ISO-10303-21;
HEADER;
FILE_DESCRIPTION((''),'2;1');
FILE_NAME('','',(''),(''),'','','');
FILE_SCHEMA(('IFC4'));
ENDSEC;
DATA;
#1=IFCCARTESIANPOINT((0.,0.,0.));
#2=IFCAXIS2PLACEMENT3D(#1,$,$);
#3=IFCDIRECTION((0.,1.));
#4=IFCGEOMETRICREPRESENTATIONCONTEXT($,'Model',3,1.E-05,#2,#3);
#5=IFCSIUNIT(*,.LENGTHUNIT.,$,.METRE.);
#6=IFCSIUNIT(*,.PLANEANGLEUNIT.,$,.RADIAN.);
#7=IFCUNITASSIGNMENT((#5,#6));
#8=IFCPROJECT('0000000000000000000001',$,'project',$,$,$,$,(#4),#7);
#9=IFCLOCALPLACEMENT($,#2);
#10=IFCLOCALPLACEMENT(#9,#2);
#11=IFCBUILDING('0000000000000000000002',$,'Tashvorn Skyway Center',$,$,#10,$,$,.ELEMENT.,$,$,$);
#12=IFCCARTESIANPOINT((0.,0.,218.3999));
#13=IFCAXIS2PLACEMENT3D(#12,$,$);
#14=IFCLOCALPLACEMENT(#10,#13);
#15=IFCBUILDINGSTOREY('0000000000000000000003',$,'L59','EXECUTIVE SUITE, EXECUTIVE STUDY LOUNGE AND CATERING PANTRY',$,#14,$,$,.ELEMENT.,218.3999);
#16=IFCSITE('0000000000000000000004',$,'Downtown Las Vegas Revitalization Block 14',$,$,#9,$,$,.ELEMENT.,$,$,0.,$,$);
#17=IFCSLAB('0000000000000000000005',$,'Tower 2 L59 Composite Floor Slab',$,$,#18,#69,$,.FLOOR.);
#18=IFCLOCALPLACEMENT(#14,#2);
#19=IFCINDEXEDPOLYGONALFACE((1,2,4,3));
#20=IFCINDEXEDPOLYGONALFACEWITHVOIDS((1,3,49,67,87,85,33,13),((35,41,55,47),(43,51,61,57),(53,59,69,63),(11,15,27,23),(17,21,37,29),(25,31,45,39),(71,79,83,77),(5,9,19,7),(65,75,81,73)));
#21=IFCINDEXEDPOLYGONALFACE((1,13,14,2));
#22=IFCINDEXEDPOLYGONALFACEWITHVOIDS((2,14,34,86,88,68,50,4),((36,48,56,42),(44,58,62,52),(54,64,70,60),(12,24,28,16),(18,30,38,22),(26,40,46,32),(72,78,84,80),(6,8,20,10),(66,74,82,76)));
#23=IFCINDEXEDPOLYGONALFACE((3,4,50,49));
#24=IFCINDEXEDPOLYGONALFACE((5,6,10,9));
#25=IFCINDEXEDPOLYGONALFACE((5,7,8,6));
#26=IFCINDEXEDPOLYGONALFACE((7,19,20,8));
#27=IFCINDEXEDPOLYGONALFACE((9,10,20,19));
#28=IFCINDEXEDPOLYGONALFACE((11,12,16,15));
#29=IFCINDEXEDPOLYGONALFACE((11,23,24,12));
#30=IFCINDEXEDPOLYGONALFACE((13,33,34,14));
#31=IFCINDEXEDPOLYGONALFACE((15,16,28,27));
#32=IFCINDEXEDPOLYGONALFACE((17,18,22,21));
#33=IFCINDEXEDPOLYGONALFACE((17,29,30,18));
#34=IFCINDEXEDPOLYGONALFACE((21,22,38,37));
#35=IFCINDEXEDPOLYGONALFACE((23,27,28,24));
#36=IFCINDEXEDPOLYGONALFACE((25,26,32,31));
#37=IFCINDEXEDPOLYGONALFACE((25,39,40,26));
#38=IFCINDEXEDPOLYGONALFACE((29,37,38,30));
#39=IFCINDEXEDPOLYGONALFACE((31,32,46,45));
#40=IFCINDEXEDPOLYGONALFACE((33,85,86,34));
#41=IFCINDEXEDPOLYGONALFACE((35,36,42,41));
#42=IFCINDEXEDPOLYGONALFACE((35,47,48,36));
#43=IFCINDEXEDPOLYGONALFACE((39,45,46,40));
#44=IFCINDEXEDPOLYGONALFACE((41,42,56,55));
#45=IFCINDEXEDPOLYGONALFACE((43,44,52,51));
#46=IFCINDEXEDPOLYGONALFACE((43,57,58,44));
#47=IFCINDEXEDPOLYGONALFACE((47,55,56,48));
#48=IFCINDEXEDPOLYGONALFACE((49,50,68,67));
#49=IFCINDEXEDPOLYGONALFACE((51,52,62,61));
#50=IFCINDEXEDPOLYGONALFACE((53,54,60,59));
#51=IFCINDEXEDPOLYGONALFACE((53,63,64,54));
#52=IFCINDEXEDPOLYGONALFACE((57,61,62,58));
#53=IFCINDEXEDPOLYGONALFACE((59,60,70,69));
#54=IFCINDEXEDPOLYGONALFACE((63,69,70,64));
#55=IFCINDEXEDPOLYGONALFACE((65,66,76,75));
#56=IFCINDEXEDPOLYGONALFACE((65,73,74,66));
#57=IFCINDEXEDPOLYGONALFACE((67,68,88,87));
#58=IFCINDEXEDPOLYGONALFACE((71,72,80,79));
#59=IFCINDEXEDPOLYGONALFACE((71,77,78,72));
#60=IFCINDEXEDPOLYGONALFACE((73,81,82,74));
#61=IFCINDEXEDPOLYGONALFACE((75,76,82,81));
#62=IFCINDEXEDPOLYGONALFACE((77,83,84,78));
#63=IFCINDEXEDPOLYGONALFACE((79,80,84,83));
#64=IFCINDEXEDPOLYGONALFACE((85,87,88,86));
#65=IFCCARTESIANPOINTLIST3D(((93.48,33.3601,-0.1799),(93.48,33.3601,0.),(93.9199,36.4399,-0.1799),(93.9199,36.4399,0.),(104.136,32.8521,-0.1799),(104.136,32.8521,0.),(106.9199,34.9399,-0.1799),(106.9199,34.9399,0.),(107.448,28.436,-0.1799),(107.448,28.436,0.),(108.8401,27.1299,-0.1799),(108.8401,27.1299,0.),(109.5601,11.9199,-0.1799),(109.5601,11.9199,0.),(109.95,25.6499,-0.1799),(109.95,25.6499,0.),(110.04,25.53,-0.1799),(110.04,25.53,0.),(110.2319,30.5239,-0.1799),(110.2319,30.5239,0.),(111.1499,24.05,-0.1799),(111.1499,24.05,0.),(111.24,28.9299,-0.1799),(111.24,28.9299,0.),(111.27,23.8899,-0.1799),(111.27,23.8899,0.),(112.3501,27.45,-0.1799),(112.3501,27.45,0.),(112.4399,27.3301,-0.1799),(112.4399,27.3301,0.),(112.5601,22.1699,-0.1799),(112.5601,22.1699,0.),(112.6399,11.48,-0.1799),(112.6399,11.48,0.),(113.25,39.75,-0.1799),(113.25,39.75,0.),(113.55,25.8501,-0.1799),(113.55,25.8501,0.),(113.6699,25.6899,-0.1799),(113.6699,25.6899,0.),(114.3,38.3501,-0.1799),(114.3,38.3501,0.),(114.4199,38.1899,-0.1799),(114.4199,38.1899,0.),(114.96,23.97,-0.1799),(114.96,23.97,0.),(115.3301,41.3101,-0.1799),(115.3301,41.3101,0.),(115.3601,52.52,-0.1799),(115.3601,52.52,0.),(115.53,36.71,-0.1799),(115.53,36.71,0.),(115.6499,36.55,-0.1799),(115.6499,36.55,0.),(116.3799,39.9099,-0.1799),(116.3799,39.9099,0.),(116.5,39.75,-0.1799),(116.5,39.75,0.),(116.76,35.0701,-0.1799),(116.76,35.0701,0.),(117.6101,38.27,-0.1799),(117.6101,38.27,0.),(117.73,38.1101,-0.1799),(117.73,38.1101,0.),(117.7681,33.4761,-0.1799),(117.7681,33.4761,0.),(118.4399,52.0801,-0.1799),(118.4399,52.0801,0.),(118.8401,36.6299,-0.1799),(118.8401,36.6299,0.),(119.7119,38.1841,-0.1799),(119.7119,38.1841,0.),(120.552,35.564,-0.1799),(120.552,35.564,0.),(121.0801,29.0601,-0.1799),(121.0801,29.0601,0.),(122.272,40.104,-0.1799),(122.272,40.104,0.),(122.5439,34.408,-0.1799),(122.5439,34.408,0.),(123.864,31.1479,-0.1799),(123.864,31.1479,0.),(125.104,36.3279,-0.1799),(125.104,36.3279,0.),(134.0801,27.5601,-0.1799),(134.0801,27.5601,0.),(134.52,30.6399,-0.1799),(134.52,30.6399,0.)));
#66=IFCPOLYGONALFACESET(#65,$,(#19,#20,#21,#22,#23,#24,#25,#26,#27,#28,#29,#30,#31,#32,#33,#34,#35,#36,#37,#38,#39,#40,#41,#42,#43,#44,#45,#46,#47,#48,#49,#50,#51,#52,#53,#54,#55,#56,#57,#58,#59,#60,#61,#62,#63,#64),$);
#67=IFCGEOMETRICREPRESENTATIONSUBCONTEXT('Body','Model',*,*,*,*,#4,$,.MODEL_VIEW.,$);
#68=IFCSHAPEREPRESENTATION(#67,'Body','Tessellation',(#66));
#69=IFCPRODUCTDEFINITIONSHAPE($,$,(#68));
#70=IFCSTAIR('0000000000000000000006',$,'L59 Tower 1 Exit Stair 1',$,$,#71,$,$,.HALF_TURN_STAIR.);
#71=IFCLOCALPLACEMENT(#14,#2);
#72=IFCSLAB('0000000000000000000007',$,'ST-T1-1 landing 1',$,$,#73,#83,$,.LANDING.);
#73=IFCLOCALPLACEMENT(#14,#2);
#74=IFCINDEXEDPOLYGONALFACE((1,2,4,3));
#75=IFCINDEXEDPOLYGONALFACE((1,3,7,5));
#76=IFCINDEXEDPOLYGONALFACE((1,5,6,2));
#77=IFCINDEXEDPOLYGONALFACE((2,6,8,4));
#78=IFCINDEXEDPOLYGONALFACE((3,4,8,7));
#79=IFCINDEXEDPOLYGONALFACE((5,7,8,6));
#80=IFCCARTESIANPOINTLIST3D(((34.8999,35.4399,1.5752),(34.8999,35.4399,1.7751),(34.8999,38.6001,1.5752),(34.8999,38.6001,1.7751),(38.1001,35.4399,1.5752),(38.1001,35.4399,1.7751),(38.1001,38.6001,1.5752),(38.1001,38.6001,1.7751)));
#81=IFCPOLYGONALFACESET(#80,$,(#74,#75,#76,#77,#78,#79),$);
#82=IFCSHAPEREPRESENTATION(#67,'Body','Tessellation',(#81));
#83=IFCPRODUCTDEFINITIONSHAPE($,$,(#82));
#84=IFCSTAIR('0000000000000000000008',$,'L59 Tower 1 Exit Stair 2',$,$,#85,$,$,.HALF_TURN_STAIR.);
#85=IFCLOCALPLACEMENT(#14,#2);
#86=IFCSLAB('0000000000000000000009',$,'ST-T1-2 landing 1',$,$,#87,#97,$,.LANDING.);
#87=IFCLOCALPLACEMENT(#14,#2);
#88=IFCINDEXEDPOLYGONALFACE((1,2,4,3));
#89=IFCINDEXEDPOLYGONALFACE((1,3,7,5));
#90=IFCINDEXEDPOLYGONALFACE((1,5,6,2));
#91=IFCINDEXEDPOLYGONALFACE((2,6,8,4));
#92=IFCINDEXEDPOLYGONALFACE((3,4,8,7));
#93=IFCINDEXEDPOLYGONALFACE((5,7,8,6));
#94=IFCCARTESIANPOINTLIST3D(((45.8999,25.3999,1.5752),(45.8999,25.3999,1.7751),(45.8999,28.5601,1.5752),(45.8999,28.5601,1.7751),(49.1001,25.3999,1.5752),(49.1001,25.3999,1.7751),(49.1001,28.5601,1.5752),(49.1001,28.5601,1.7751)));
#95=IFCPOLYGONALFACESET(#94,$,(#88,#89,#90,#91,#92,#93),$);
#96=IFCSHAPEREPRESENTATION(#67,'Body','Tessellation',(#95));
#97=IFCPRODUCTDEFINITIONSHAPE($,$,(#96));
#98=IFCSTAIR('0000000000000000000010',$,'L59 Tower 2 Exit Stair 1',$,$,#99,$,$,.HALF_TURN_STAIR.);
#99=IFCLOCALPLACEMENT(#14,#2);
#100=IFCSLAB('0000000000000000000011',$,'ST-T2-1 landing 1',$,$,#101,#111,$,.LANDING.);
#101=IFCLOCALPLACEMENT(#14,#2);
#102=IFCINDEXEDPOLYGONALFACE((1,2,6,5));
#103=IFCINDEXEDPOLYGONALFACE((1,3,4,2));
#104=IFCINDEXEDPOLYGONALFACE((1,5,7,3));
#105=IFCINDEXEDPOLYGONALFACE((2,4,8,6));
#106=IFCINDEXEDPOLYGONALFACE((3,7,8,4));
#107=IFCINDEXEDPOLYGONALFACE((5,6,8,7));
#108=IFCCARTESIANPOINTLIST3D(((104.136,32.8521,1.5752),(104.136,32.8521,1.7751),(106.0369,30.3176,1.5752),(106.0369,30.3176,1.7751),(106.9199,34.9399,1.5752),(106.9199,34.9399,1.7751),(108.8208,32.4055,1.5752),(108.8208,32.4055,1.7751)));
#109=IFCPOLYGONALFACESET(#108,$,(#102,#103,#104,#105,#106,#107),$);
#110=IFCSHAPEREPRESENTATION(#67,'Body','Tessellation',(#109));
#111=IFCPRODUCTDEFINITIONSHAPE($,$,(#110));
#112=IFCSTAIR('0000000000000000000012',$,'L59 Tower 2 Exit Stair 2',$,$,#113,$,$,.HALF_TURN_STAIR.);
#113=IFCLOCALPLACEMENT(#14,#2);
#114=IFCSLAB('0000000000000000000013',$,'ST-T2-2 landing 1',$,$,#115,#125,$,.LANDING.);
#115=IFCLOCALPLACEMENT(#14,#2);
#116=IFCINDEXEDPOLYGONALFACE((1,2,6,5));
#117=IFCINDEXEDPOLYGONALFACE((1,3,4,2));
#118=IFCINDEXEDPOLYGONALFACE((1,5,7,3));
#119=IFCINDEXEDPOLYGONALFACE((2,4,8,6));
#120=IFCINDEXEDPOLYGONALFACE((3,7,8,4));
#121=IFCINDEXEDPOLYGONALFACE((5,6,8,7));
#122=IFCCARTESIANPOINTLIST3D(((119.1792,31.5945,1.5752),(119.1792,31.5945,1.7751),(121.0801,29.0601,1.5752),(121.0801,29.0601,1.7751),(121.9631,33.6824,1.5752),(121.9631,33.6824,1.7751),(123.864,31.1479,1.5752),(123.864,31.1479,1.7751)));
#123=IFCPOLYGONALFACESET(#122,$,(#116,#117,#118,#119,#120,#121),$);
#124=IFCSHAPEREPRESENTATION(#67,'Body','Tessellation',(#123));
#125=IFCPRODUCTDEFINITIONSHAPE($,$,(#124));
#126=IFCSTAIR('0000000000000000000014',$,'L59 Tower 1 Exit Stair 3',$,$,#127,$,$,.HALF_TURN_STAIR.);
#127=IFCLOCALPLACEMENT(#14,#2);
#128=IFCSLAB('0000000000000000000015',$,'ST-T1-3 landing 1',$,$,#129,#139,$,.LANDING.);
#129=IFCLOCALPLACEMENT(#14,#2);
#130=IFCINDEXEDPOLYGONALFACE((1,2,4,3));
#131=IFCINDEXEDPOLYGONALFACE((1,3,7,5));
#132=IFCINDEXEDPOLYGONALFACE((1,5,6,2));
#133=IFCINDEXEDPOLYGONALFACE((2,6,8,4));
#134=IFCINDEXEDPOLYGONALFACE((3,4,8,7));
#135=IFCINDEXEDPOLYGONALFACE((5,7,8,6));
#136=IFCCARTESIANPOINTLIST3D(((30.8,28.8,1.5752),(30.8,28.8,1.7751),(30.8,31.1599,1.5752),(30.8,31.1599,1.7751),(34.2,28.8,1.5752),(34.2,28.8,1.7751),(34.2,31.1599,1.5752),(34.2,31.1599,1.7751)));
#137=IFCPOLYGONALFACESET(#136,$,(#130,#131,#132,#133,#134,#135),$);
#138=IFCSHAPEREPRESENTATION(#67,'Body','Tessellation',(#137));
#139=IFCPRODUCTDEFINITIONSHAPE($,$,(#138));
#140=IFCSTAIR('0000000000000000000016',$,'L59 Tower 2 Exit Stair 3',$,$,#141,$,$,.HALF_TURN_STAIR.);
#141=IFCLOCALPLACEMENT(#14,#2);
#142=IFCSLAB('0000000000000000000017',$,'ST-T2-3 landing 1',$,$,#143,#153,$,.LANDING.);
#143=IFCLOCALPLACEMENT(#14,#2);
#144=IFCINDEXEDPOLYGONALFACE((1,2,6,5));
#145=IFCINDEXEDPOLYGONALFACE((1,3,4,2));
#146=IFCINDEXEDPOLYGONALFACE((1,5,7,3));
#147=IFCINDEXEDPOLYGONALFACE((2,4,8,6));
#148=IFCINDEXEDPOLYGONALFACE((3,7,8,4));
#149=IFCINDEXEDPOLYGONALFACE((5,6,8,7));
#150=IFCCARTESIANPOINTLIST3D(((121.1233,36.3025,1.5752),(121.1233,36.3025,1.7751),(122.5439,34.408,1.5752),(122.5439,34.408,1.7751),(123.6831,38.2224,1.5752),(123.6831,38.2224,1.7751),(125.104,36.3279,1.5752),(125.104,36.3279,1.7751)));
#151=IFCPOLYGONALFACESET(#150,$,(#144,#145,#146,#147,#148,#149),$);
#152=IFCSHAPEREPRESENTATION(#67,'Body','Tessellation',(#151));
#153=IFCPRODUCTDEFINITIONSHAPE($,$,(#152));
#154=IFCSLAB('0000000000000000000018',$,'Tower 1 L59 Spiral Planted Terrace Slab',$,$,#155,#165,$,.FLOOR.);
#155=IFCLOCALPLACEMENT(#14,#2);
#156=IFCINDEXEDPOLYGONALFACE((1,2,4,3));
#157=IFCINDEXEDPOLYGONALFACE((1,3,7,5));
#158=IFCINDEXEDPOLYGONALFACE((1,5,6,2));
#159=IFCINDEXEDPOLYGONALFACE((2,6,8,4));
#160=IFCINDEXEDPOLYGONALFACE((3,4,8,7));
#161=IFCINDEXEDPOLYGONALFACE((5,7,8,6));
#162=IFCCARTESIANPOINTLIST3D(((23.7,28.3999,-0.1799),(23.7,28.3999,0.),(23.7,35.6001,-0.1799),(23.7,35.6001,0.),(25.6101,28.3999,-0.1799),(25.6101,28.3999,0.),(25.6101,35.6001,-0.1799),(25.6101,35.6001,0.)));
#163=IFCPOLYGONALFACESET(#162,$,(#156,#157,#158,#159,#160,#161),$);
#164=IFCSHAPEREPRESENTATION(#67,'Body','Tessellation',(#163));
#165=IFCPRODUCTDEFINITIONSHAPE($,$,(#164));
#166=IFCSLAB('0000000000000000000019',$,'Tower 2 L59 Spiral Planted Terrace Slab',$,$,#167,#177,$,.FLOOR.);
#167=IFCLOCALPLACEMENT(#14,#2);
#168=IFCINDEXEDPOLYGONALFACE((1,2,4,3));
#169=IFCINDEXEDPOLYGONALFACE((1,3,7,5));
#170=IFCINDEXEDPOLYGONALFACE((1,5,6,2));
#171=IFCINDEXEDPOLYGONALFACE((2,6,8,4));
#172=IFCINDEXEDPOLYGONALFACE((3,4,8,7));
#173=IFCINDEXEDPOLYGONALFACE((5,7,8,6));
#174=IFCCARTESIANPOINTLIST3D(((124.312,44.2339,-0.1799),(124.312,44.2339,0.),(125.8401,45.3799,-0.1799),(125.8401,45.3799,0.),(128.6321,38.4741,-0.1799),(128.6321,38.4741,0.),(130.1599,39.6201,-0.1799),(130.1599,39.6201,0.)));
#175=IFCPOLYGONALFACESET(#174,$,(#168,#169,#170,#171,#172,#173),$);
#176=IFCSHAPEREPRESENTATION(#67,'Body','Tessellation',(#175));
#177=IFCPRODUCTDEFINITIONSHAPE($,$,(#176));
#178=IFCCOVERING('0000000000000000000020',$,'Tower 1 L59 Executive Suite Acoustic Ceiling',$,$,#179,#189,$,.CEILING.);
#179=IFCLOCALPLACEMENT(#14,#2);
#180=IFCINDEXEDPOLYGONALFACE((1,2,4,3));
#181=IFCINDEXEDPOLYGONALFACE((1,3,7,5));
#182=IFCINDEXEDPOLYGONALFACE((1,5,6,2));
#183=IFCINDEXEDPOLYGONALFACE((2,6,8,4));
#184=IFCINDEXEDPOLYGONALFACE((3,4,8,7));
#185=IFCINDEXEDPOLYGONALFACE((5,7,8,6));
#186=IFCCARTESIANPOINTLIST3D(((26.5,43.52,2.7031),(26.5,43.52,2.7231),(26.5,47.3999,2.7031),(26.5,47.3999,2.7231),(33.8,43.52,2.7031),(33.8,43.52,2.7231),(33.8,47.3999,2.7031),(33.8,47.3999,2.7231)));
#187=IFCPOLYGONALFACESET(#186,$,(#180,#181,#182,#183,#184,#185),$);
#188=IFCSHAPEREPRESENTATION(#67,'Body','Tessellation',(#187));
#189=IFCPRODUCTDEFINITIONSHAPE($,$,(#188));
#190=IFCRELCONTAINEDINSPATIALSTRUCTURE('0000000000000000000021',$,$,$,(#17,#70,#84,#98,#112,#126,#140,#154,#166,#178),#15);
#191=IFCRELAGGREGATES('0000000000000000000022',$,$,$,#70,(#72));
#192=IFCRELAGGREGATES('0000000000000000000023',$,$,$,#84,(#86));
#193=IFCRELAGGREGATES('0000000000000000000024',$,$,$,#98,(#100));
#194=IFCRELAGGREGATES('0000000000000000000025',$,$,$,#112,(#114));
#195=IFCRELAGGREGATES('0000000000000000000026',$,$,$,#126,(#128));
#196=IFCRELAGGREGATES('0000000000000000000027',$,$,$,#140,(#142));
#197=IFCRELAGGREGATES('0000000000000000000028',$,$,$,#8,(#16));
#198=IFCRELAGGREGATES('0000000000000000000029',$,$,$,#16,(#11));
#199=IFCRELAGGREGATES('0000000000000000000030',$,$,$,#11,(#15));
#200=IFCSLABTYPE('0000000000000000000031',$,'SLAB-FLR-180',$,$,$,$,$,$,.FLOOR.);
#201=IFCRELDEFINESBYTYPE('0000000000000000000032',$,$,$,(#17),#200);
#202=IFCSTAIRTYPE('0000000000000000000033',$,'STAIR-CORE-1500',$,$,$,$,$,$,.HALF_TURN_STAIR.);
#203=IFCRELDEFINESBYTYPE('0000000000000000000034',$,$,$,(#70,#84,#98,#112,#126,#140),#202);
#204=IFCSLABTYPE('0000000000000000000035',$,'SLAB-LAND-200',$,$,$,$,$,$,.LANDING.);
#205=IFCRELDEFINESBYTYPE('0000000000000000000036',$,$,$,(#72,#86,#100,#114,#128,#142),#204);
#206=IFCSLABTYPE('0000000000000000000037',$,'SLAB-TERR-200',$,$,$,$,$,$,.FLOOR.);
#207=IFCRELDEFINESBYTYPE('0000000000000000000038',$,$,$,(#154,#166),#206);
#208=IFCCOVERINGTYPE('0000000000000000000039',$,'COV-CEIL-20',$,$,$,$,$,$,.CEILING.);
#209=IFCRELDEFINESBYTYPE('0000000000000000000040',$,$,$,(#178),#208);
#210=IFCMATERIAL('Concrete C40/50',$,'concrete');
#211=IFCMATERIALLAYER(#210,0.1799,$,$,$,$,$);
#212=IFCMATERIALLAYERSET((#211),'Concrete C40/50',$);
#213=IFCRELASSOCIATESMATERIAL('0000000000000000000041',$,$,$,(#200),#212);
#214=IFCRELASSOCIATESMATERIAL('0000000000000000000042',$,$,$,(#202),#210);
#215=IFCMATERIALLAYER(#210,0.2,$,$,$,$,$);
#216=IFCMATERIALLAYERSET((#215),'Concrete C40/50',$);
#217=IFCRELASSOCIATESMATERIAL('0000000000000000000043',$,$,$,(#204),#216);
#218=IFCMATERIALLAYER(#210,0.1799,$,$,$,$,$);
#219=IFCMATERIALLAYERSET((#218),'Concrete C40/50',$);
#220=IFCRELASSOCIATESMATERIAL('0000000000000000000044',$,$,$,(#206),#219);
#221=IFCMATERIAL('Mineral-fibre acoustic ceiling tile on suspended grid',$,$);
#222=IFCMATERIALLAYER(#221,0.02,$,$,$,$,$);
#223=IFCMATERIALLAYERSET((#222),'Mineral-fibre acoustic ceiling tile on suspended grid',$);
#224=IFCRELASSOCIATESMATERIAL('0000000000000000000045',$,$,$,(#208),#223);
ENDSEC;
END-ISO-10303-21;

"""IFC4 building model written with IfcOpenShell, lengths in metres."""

from ifc_helpers import new_model, si_unit, direction, frame, origin, place, context, subcontext, project, spatial, polyline, outline, extrude, material, layer, layer_set, type_object, element, aggregate, save


model = new_model("IFC4")

# Units and contexts
model_context = context("Model", 3, precision=1e-05, world=origin(), true_north=direction((0.0, 1.0)))
body_context = subcontext(model_context, "Body", "Model", "MODEL_VIEW")
ifc_project = project(units=[si_unit("LENGTHUNIT", "METRE"), si_unit("PLANEANGLEUNIT", "RADIAN")], contexts=[model_context])

# Site, building, storey
site_placement = place(None, origin())
site = spatial("IfcSite", under=ifc_project, at=site_placement, Name="Downtown Las Vegas Revitalization Block 14", CompositionType="ELEMENT", RefElevation=0.0)
building_placement = place(site_placement, origin())
building = spatial("IfcBuilding", under=site, at=building_placement, Name="Tashvorn Skyway Center", CompositionType="ELEMENT")
storey_placement = place(building_placement, frame((0.0, 0.0, 218.3999)))
storey = spatial("IfcBuildingStorey", under=building, at=storey_placement, Name="L59", Description="EXECUTIVE SUITE, EXECUTIVE STUDY LOUNGE AND CATERING PANTRY", CompositionType="ELEMENT", Elevation=218.3999)

# Slab
ifc_material_1 = material(Name="Concrete C40/50", Category="concrete")
ifc_layer_1 = layer(ifc_material_1, 0.1799)
ifc_layer_set_1 = layer_set([ifc_layer_1], Name="Concrete C40/50")
slab_type_1 = type_object("IfcSlabType", Name="SLAB-FLR-180", PredefinedType="FLOOR", material=ifc_layer_set_1)
slab_1_placement = place(storey_placement, frame((0.0, 0.0, -0.1799)))
element("IfcSlab", 1, at=slab_1_placement, inside=storey, type_object=slab_type_1, Name="Tower 2 L59 Composite Floor Slab", PredefinedType="FLOOR", context=body_context, shape_type="SweptSolid", body=[
    extrude(outline(polyline([(112.6399, 11.48), (134.0801, 27.5601), (134.52, 30.6399), (118.4399, 52.0801), (115.3601, 52.52), (93.9199, 36.4399), (93.48, 33.3601), (109.5601, 11.9199), (112.6399, 11.48)]), holes=[polyline([(110.2319, 30.5239), (106.9199, 34.9399), (104.136, 32.8521), (107.448, 28.436), (110.2319, 30.5239)]), polyline([(117.7681, 33.4761), (121.0801, 29.0601), (123.864, 31.1479), (120.552, 35.564), (117.7681, 33.4761)]), polyline([(119.7119, 38.1841), (122.5439, 34.408), (125.104, 36.3279), (122.272, 40.104), (119.7119, 38.1841)]), polyline([(109.95, 25.6499), (112.3501, 27.45), (111.24, 28.9299), (108.8401, 27.1299), (109.95, 25.6499)]), polyline([(111.1499, 24.05), (113.55, 25.8501), (112.4399, 27.3301), (110.04, 25.53), (111.1499, 24.05)]), polyline([(112.5601, 22.1699), (114.96, 23.97), (113.6699, 25.6899), (111.27, 23.8899), (112.5601, 22.1699)]), polyline([(116.76, 35.0701), (118.8401, 36.6299), (117.73, 38.1101), (115.6499, 36.55), (116.76, 35.0701)]), polyline([(115.53, 36.71), (117.6101, 38.27), (116.5, 39.75), (114.4199, 38.1899), (115.53, 36.71)]), polyline([(114.3, 38.3501), (116.3799, 39.9099), (115.3301, 41.3101), (113.25, 39.75), (114.3, 38.3501)])]), origin(), (0.0, 0.0, 1.0), 0.1799),
])

# Stairs, slabs
stair_type = type_object("IfcStairType", Name="STAIR-CORE-1500", PredefinedType="HALF_TURN_STAIR", material=ifc_material_1)
stair_1_placement = place(storey_placement, origin())
stair_1 = element("IfcStair", 2, at=stair_1_placement, inside=storey, type_object=stair_type, Name="L59 Tower 1 Exit Stair 1", PredefinedType="HALF_TURN_STAIR")
ifc_layer_2 = layer(ifc_material_1, 0.2)
ifc_layer_set_2 = layer_set([ifc_layer_2], Name="Concrete C40/50")
slab_type_2 = type_object("IfcSlabType", Name="SLAB-LAND-200", PredefinedType="LANDING", material=ifc_layer_set_2)
slab_2_placement = place(storey_placement, frame((0.0, 0.0, 1.5752)))
slab_2 = element("IfcSlab", 3, at=slab_2_placement, type_object=slab_type_2, Name="ST-T1-1 landing 1", PredefinedType="LANDING", context=body_context, shape_type="SweptSolid", body=[
    extrude(outline(polyline([(38.1001, 35.4399), (38.1001, 38.6001), (34.8999, 38.6001), (34.8999, 35.4399), (38.1001, 35.4399)])), origin(), (0.0, 0.0, 1.0), 0.2),
])
aggregate(stair_1, [slab_2])
stair_2_placement = place(storey_placement, origin())
stair_2 = element("IfcStair", 4, at=stair_2_placement, inside=storey, type_object=stair_type, Name="L59 Tower 1 Exit Stair 2", PredefinedType="HALF_TURN_STAIR")
slab_3_placement = place(storey_placement, frame((0.0, 0.0, 1.5752)))
slab_3 = element("IfcSlab", 5, at=slab_3_placement, type_object=slab_type_2, Name="ST-T1-2 landing 1", PredefinedType="LANDING", context=body_context, shape_type="SweptSolid", body=[
    extrude(outline(polyline([(45.8999, 28.5601), (45.8999, 25.3999), (49.1001, 25.3999), (49.1001, 28.5601), (45.8999, 28.5601)])), origin(), (0.0, 0.0, 1.0), 0.2),
])
aggregate(stair_2, [slab_3])
stair_3_placement = place(storey_placement, origin())
stair_3 = element("IfcStair", 6, at=stair_3_placement, inside=storey, type_object=stair_type, Name="L59 Tower 2 Exit Stair 1", PredefinedType="HALF_TURN_STAIR")
slab_4_placement = place(storey_placement, frame((0.0, 0.0, 1.5752)))
slab_4 = element("IfcSlab", 7, at=slab_4_placement, type_object=slab_type_2, Name="ST-T2-1 landing 1", PredefinedType="LANDING", context=body_context, shape_type="SweptSolid", body=[
    extrude(outline(polyline([(108.8208, 32.4055), (106.9199, 34.9399), (104.136, 32.8521), (106.0369, 30.3176), (108.8208, 32.4055)])), origin(), (0.0, 0.0, 1.0), 0.2),
])
aggregate(stair_3, [slab_4])
stair_4_placement = place(storey_placement, origin())
stair_4 = element("IfcStair", 8, at=stair_4_placement, inside=storey, type_object=stair_type, Name="L59 Tower 2 Exit Stair 2", PredefinedType="HALF_TURN_STAIR")
slab_5_placement = place(storey_placement, frame((0.0, 0.0, 1.5752)))
slab_5 = element("IfcSlab", 9, at=slab_5_placement, type_object=slab_type_2, Name="ST-T2-2 landing 1", PredefinedType="LANDING", context=body_context, shape_type="SweptSolid", body=[
    extrude(outline(polyline([(119.1792, 31.5945), (121.0801, 29.0601), (123.864, 31.1479), (121.9631, 33.6824), (119.1792, 31.5945)])), origin(), (0.0, 0.0, 1.0), 0.2),
])
aggregate(stair_4, [slab_5])
stair_5_placement = place(storey_placement, origin())
stair_5 = element("IfcStair", 10, at=stair_5_placement, inside=storey, type_object=stair_type, Name="L59 Tower 1 Exit Stair 3", PredefinedType="HALF_TURN_STAIR")
slab_6_placement = place(storey_placement, frame((0.0, 0.0, 1.5752)))
slab_6 = element("IfcSlab", 11, at=slab_6_placement, type_object=slab_type_2, Name="ST-T1-3 landing 1", PredefinedType="LANDING", context=body_context, shape_type="SweptSolid", body=[
    extrude(outline(polyline([(30.8, 31.1599), (30.8, 28.8), (34.2, 28.8), (34.2, 31.1599), (30.8, 31.1599)])), origin(), (0.0, 0.0, 1.0), 0.2),
])
aggregate(stair_5, [slab_6])
stair_6_placement = place(storey_placement, origin())
stair_6 = element("IfcStair", 12, at=stair_6_placement, inside=storey, type_object=stair_type, Name="L59 Tower 2 Exit Stair 3", PredefinedType="HALF_TURN_STAIR")
slab_7_placement = place(storey_placement, frame((0.0, 0.0, 1.5752)))
slab_7 = element("IfcSlab", 13, at=slab_7_placement, type_object=slab_type_2, Name="ST-T2-3 landing 1", PredefinedType="LANDING", context=body_context, shape_type="SweptSolid", body=[
    extrude(outline(polyline([(121.1233, 36.3025), (122.5439, 34.408), (125.104, 36.3279), (123.6831, 38.2224), (121.1233, 36.3025)])), origin(), (0.0, 0.0, 1.0), 0.2),
])
aggregate(stair_6, [slab_7])

# Slabs
ifc_layer_3 = layer(ifc_material_1, 0.1799)
ifc_layer_set_3 = layer_set([ifc_layer_3], Name="Concrete C40/50")
slab_type_3 = type_object("IfcSlabType", Name="SLAB-TERR-200", PredefinedType="FLOOR", material=ifc_layer_set_3)
slab_8_placement = place(storey_placement, frame((0.0, 0.0, -0.1799)))
element("IfcSlab", 14, at=slab_8_placement, inside=storey, type_object=slab_type_3, Name="Tower 1 L59 Spiral Planted Terrace Slab", PredefinedType="FLOOR", context=body_context, shape_type="SweptSolid", body=[
    extrude(outline(polyline([(23.7, 28.3999), (25.6101, 28.3999), (25.6101, 35.6001), (23.7, 35.6001), (23.7, 28.3999)])), origin(), (0.0, 0.0, 1.0), 0.1799),
])
slab_9_placement = place(storey_placement, frame((0.0, 0.0, -0.1799)))
element("IfcSlab", 15, at=slab_9_placement, inside=storey, type_object=slab_type_3, Name="Tower 2 L59 Spiral Planted Terrace Slab", PredefinedType="FLOOR", context=body_context, shape_type="SweptSolid", body=[
    extrude(outline(polyline([(128.6321, 38.4741), (130.1599, 39.6201), (125.8401, 45.3799), (124.312, 44.2339), (128.6321, 38.4741)])), origin(), (0.0, 0.0, 1.0), 0.1799),
])

# Covering
ifc_material_2 = material(Name="Mineral-fibre acoustic ceiling tile on suspended grid")
ifc_layer_4 = layer(ifc_material_2, 0.02)
ifc_layer_set_4 = layer_set([ifc_layer_4], Name="Mineral-fibre acoustic ceiling tile on suspended grid")
covering_type_1 = type_object("IfcCoveringType", Name="COV-CEIL-20", PredefinedType="CEILING", material=ifc_layer_set_4)
covering_1_placement = place(storey_placement, frame((0.0, 0.0, 2.7031)))
element("IfcCovering", 16, at=covering_1_placement, inside=storey, type_object=covering_type_1, Name="Tower 1 L59 Executive Suite Acoustic Ceiling", PredefinedType="CEILING", context=body_context, shape_type="SweptSolid", body=[
    extrude(outline(polyline([(26.5, 43.52), (33.8, 43.52), (33.8, 47.3999), (26.5, 47.3999), (26.5, 43.52)])), origin(), (0.0, 0.0, 1.0), 0.02),
])

save(model, "model.ifc")
